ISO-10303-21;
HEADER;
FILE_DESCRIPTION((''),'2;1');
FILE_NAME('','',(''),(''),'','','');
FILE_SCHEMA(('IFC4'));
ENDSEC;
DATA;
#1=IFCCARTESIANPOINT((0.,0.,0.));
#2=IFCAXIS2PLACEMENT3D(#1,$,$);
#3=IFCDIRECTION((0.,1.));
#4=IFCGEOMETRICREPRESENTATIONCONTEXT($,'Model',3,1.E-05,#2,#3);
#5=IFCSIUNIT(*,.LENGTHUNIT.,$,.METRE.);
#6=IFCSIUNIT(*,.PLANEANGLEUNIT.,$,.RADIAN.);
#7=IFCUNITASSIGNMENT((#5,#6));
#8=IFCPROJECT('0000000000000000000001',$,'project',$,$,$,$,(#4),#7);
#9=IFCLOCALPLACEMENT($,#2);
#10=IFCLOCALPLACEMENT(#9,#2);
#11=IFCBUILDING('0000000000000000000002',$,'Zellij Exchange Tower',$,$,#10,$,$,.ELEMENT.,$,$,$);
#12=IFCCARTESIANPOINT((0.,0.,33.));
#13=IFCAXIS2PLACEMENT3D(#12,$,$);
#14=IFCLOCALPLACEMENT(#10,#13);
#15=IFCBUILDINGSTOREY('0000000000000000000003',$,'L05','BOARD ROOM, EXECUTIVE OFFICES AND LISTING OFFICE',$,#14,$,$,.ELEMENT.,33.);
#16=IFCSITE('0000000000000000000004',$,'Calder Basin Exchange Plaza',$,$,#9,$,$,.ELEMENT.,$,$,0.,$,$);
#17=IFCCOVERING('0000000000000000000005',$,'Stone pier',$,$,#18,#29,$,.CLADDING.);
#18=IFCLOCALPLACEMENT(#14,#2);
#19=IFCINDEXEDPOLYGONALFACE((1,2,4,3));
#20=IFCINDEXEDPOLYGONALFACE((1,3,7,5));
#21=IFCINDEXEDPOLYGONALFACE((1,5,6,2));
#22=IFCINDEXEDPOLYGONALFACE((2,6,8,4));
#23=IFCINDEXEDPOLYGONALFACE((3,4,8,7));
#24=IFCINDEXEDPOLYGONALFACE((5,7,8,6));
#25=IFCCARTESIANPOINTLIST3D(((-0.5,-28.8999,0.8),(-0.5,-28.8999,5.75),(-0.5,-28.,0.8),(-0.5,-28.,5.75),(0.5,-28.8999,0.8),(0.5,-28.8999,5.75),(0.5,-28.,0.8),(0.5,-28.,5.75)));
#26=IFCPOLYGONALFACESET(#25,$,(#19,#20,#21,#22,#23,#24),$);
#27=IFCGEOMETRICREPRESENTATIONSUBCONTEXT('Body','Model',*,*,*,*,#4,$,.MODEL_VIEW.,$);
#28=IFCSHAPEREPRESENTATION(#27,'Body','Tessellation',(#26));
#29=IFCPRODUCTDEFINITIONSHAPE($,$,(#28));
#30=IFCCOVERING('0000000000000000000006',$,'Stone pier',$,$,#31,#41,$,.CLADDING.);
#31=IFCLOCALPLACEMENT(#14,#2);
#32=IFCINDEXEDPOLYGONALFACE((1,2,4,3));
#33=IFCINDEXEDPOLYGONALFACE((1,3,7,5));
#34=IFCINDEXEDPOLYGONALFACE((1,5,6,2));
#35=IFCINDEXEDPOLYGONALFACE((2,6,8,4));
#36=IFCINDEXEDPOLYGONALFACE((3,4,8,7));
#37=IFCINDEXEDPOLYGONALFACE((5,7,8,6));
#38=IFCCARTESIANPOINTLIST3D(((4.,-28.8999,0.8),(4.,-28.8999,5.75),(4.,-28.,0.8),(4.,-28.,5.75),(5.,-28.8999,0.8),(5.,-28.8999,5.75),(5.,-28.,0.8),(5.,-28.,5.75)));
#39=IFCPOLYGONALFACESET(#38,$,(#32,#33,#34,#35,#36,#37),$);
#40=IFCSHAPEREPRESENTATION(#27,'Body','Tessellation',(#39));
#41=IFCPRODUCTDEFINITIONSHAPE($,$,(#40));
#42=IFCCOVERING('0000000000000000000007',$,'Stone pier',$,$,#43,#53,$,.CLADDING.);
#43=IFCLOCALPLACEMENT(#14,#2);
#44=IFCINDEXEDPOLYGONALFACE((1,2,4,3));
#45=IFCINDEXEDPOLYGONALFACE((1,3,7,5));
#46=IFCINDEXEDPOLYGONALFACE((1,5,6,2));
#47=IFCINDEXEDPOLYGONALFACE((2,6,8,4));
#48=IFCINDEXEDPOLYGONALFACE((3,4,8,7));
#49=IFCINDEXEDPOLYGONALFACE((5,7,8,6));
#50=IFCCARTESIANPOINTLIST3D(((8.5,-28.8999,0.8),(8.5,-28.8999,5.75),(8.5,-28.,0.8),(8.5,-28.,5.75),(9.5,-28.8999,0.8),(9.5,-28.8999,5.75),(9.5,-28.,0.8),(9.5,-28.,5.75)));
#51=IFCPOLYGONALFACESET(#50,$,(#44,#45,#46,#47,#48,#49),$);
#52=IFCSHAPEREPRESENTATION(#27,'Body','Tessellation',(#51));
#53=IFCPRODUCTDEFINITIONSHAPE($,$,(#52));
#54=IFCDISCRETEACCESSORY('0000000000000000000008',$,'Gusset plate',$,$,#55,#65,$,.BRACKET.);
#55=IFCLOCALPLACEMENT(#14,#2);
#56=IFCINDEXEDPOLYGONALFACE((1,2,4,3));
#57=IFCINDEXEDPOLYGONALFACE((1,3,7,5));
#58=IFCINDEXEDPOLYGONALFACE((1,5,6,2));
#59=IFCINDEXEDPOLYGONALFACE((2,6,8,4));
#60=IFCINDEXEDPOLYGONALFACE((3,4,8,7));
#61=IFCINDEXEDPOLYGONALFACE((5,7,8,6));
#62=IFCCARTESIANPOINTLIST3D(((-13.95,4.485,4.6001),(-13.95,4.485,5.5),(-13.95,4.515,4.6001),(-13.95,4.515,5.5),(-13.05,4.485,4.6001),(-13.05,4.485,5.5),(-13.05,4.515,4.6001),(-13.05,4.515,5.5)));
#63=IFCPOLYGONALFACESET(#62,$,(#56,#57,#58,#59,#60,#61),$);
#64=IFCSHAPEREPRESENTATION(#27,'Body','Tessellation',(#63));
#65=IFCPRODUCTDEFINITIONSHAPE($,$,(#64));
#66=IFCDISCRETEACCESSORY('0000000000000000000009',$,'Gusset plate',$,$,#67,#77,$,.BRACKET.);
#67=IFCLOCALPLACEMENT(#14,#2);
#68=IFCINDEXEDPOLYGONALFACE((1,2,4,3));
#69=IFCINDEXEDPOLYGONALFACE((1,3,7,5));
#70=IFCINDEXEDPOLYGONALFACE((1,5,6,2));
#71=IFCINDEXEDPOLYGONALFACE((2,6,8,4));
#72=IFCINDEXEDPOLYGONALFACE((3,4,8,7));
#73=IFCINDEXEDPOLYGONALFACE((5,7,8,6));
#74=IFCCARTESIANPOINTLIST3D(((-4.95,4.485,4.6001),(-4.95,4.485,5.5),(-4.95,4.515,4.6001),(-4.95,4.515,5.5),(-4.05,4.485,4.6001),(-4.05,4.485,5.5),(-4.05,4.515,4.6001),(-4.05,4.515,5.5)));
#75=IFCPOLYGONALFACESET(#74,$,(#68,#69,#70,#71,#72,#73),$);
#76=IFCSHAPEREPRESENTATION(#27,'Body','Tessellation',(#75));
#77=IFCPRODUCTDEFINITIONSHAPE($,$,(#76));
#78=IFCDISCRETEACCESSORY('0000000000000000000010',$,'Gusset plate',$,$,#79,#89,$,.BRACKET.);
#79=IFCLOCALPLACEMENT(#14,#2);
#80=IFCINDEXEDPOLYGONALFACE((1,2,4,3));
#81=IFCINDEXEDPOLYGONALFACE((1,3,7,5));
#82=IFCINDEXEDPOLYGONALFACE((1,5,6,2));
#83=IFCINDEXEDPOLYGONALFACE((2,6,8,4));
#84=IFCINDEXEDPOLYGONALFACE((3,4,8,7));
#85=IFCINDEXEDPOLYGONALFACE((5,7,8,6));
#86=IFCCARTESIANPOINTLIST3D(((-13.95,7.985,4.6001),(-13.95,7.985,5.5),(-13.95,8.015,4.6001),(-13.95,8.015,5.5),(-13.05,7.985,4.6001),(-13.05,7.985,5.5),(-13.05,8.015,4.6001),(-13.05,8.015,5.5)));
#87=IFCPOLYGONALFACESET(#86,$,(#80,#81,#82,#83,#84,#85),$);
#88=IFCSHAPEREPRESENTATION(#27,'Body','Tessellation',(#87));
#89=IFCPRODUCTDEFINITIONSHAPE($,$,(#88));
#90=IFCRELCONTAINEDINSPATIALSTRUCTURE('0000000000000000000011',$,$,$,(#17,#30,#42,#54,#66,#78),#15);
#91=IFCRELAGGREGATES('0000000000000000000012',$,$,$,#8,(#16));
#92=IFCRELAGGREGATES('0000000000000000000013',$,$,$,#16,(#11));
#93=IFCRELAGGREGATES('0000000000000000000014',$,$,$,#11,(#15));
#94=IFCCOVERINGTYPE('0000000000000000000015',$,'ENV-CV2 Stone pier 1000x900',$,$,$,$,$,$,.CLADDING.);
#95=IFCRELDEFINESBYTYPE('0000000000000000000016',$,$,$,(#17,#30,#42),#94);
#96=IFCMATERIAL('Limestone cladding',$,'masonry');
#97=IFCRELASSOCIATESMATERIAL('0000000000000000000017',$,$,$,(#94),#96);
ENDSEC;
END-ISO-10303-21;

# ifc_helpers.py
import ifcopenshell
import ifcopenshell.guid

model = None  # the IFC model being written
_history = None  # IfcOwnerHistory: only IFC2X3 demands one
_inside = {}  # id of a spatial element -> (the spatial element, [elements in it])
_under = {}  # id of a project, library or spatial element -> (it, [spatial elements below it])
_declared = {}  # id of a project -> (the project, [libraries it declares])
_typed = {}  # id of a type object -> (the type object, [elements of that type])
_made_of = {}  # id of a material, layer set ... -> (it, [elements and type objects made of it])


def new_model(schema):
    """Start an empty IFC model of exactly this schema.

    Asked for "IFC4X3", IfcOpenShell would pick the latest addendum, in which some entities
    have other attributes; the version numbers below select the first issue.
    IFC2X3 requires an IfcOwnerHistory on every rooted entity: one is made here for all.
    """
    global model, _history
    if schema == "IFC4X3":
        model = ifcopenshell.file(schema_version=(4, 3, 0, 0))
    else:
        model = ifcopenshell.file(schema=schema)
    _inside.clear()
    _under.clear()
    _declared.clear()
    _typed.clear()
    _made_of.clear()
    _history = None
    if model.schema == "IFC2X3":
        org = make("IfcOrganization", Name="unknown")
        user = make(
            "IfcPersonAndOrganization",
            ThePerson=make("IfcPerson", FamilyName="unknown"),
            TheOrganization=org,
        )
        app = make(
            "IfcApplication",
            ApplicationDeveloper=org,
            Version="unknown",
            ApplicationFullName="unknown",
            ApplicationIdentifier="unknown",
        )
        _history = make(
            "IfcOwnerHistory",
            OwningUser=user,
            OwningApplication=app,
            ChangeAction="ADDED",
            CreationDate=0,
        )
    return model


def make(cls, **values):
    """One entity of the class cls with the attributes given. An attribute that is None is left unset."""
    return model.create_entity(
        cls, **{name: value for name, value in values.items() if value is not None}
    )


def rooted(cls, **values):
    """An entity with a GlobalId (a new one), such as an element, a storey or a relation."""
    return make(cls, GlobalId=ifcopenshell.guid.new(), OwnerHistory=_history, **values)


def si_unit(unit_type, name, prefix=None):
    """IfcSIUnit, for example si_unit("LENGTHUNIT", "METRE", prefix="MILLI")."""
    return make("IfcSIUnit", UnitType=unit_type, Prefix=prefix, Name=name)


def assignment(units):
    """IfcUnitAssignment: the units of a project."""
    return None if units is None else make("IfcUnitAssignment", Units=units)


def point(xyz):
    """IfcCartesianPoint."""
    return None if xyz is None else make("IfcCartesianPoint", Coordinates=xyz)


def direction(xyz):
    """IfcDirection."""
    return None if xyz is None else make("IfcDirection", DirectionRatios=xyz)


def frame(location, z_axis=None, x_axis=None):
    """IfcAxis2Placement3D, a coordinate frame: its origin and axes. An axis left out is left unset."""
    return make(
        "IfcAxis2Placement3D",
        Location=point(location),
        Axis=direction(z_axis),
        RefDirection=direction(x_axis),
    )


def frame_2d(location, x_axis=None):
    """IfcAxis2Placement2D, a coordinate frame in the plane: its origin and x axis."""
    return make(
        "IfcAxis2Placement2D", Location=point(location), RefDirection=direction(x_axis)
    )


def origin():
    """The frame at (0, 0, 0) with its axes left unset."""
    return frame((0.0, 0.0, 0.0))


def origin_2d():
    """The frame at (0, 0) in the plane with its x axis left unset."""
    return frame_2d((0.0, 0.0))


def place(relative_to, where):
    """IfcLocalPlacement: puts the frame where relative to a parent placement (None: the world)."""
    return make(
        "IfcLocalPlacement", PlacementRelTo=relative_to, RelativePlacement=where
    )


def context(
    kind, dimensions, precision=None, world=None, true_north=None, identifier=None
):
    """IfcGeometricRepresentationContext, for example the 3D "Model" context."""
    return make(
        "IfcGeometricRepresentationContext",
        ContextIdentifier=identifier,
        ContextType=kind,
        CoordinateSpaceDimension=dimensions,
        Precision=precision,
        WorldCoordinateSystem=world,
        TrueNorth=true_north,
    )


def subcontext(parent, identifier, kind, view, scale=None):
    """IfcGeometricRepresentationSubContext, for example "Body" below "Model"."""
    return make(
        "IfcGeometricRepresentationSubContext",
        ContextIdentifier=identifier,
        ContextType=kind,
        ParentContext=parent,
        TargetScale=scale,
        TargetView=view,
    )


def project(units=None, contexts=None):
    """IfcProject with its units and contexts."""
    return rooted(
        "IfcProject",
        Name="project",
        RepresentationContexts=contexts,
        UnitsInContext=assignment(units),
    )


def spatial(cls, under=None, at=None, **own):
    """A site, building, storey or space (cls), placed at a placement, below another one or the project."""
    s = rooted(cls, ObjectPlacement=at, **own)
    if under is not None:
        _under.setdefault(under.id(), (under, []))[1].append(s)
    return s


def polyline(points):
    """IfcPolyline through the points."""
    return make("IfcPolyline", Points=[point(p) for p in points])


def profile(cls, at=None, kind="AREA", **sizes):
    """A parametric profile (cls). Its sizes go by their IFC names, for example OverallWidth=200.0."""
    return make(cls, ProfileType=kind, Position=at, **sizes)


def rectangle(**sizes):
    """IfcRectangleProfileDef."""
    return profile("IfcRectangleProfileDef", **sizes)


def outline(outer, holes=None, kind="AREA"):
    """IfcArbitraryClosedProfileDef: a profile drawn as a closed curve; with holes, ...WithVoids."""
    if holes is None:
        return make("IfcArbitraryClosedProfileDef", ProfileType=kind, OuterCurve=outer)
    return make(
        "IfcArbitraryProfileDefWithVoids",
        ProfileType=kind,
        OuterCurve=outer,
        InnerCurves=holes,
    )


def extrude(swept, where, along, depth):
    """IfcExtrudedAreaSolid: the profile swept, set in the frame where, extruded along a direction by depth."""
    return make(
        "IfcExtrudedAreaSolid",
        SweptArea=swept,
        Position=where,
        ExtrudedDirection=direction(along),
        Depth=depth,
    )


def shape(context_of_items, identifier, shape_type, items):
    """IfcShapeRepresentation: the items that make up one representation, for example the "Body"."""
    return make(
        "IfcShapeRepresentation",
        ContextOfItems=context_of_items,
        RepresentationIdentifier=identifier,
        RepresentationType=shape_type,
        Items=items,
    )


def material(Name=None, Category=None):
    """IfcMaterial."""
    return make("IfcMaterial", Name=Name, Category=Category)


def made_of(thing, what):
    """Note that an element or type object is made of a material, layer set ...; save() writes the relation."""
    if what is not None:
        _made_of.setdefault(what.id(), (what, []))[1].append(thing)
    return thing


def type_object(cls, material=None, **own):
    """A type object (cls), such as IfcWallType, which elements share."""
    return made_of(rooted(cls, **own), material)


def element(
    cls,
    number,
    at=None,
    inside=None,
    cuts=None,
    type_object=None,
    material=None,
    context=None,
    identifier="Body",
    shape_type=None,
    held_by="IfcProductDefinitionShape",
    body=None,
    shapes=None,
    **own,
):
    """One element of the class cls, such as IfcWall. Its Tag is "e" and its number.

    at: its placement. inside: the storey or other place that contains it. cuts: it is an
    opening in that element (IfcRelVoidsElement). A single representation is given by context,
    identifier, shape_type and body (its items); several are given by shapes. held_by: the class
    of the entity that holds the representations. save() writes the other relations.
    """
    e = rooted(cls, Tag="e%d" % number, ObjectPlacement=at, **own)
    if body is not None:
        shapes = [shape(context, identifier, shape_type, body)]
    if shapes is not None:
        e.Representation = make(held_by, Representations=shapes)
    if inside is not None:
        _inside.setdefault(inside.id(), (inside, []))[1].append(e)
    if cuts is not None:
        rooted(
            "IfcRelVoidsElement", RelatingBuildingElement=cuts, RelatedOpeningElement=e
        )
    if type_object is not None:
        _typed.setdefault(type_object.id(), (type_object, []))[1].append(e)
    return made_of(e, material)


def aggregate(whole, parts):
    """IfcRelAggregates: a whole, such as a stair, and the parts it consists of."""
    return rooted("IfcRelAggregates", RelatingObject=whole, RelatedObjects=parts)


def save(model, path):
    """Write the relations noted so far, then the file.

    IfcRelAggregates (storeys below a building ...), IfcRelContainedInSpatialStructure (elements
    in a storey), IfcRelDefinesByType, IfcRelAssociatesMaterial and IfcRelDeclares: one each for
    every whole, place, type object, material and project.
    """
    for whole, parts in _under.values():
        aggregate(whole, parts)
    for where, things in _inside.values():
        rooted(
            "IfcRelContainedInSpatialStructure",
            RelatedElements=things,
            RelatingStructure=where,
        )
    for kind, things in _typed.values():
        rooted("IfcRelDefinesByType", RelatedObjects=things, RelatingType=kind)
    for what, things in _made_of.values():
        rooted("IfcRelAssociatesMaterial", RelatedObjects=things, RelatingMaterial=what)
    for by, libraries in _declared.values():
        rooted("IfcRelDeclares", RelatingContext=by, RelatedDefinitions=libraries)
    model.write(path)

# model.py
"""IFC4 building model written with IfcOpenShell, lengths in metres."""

from ifc_helpers import new_model, si_unit, direction, frame, origin, origin_2d, place, context, subcontext, project, spatial, polyline, rectangle, outline, extrude, material, type_object, element, save


model = new_model("IFC4")

# Units and contexts
model_context = context("Model", 3, precision=1e-05, world=origin(), true_north=direction((0.0, 1.0)))
body_context = subcontext(model_context, "Body", "Model", "MODEL_VIEW")
ifc_project = project(units=[si_unit("LENGTHUNIT", "METRE"), si_unit("PLANEANGLEUNIT", "RADIAN")], contexts=[model_context])

# Site, building, storey
site_placement = place(None, origin())
site = spatial("IfcSite", under=ifc_project, at=site_placement, Name="Calder Basin Exchange Plaza", CompositionType="ELEMENT", RefElevation=0.0)
building_placement = place(site_placement, origin())
building = spatial("IfcBuilding", under=site, at=building_placement, Name="Zellij Exchange Tower", CompositionType="ELEMENT")
storey_placement = place(building_placement, frame((0.0, 0.0, 33.0)))
storey = spatial("IfcBuildingStorey", under=building, at=storey_placement, Name="L05", Description="BOARD ROOM, EXECUTIVE OFFICES AND LISTING OFFICE", CompositionType="ELEMENT", Elevation=33.0)

# Coverings
ifc_material_1 = material(Name="Limestone cladding", Category="masonry")
covering_type = type_object("IfcCoveringType", Name="ENV-CV2 Stone pier 1000x900", PredefinedType="CLADDING", material=ifc_material_1)
covering_1_placement = place(storey_placement, frame((0.0, 0.0, 0.8)))
element("IfcCovering", 1, at=covering_1_placement, inside=storey, type_object=covering_type, Name="Stone pier", PredefinedType="CLADDING", context=body_context, shape_type="SweptSolid", body=[
    extrude(outline(polyline([(-0.5, -28.0), (0.5, -28.0), (0.5, -28.8999), (-0.5, -28.8999), (-0.5, -28.0)])), origin(), (0.0, 0.0, 1.0), 4.95),
])
covering_2_placement = place(storey_placement, frame((0.0, 0.0, 0.8)))
element("IfcCovering", 2, at=covering_2_placement, inside=storey, type_object=covering_type, Name="Stone pier", PredefinedType="CLADDING", context=body_context, shape_type="SweptSolid", body=[
    extrude(outline(polyline([(4.0, -28.0), (5.0, -28.0), (5.0, -28.8999), (4.0, -28.8999), (4.0, -28.0)])), origin(), (0.0, 0.0, 1.0), 4.95),
])
covering_3_placement = place(storey_placement, frame((0.0, 0.0, 0.8)))
element("IfcCovering", 3, at=covering_3_placement, inside=storey, type_object=covering_type, Name="Stone pier", PredefinedType="CLADDING", context=body_context, shape_type="SweptSolid", body=[
    extrude(outline(polyline([(8.5, -28.0), (9.5, -28.0), (9.5, -28.8999), (8.5, -28.8999), (8.5, -28.0)])), origin(), (0.0, 0.0, 1.0), 4.95),
])

# Discrete accessories
for number, where, z_axis, x_axis, name in (
    (4, (-13.5, 4.5, 4.6001), (0.0, 0.0, 1.0), (1.0, 0.0, 0.0), "Gusset plate"),
    (5, (-4.5, 4.5, 4.6001), (0.0, 0.0, 1.0), (1.0, 0.0, 0.0), "Gusset plate"),
    (6, (-13.5, 8.0, 4.6001), (0.0, 0.0, 1.0), (1.0, 0.0, 0.0), "Gusset plate"),
):
    element("IfcDiscreteAccessory", number, at=place(storey_placement, frame(where, z_axis=z_axis, x_axis=x_axis)), inside=storey, Name=name, PredefinedType="BRACKET", context=body_context, shape_type="SweptSolid", body=[
        extrude(rectangle(XDim=0.8999, YDim=0.03, at=origin_2d()), origin(), (0.0, 0.0, 1.0), 0.8999),
    ])

save(model, "model.ifc")
